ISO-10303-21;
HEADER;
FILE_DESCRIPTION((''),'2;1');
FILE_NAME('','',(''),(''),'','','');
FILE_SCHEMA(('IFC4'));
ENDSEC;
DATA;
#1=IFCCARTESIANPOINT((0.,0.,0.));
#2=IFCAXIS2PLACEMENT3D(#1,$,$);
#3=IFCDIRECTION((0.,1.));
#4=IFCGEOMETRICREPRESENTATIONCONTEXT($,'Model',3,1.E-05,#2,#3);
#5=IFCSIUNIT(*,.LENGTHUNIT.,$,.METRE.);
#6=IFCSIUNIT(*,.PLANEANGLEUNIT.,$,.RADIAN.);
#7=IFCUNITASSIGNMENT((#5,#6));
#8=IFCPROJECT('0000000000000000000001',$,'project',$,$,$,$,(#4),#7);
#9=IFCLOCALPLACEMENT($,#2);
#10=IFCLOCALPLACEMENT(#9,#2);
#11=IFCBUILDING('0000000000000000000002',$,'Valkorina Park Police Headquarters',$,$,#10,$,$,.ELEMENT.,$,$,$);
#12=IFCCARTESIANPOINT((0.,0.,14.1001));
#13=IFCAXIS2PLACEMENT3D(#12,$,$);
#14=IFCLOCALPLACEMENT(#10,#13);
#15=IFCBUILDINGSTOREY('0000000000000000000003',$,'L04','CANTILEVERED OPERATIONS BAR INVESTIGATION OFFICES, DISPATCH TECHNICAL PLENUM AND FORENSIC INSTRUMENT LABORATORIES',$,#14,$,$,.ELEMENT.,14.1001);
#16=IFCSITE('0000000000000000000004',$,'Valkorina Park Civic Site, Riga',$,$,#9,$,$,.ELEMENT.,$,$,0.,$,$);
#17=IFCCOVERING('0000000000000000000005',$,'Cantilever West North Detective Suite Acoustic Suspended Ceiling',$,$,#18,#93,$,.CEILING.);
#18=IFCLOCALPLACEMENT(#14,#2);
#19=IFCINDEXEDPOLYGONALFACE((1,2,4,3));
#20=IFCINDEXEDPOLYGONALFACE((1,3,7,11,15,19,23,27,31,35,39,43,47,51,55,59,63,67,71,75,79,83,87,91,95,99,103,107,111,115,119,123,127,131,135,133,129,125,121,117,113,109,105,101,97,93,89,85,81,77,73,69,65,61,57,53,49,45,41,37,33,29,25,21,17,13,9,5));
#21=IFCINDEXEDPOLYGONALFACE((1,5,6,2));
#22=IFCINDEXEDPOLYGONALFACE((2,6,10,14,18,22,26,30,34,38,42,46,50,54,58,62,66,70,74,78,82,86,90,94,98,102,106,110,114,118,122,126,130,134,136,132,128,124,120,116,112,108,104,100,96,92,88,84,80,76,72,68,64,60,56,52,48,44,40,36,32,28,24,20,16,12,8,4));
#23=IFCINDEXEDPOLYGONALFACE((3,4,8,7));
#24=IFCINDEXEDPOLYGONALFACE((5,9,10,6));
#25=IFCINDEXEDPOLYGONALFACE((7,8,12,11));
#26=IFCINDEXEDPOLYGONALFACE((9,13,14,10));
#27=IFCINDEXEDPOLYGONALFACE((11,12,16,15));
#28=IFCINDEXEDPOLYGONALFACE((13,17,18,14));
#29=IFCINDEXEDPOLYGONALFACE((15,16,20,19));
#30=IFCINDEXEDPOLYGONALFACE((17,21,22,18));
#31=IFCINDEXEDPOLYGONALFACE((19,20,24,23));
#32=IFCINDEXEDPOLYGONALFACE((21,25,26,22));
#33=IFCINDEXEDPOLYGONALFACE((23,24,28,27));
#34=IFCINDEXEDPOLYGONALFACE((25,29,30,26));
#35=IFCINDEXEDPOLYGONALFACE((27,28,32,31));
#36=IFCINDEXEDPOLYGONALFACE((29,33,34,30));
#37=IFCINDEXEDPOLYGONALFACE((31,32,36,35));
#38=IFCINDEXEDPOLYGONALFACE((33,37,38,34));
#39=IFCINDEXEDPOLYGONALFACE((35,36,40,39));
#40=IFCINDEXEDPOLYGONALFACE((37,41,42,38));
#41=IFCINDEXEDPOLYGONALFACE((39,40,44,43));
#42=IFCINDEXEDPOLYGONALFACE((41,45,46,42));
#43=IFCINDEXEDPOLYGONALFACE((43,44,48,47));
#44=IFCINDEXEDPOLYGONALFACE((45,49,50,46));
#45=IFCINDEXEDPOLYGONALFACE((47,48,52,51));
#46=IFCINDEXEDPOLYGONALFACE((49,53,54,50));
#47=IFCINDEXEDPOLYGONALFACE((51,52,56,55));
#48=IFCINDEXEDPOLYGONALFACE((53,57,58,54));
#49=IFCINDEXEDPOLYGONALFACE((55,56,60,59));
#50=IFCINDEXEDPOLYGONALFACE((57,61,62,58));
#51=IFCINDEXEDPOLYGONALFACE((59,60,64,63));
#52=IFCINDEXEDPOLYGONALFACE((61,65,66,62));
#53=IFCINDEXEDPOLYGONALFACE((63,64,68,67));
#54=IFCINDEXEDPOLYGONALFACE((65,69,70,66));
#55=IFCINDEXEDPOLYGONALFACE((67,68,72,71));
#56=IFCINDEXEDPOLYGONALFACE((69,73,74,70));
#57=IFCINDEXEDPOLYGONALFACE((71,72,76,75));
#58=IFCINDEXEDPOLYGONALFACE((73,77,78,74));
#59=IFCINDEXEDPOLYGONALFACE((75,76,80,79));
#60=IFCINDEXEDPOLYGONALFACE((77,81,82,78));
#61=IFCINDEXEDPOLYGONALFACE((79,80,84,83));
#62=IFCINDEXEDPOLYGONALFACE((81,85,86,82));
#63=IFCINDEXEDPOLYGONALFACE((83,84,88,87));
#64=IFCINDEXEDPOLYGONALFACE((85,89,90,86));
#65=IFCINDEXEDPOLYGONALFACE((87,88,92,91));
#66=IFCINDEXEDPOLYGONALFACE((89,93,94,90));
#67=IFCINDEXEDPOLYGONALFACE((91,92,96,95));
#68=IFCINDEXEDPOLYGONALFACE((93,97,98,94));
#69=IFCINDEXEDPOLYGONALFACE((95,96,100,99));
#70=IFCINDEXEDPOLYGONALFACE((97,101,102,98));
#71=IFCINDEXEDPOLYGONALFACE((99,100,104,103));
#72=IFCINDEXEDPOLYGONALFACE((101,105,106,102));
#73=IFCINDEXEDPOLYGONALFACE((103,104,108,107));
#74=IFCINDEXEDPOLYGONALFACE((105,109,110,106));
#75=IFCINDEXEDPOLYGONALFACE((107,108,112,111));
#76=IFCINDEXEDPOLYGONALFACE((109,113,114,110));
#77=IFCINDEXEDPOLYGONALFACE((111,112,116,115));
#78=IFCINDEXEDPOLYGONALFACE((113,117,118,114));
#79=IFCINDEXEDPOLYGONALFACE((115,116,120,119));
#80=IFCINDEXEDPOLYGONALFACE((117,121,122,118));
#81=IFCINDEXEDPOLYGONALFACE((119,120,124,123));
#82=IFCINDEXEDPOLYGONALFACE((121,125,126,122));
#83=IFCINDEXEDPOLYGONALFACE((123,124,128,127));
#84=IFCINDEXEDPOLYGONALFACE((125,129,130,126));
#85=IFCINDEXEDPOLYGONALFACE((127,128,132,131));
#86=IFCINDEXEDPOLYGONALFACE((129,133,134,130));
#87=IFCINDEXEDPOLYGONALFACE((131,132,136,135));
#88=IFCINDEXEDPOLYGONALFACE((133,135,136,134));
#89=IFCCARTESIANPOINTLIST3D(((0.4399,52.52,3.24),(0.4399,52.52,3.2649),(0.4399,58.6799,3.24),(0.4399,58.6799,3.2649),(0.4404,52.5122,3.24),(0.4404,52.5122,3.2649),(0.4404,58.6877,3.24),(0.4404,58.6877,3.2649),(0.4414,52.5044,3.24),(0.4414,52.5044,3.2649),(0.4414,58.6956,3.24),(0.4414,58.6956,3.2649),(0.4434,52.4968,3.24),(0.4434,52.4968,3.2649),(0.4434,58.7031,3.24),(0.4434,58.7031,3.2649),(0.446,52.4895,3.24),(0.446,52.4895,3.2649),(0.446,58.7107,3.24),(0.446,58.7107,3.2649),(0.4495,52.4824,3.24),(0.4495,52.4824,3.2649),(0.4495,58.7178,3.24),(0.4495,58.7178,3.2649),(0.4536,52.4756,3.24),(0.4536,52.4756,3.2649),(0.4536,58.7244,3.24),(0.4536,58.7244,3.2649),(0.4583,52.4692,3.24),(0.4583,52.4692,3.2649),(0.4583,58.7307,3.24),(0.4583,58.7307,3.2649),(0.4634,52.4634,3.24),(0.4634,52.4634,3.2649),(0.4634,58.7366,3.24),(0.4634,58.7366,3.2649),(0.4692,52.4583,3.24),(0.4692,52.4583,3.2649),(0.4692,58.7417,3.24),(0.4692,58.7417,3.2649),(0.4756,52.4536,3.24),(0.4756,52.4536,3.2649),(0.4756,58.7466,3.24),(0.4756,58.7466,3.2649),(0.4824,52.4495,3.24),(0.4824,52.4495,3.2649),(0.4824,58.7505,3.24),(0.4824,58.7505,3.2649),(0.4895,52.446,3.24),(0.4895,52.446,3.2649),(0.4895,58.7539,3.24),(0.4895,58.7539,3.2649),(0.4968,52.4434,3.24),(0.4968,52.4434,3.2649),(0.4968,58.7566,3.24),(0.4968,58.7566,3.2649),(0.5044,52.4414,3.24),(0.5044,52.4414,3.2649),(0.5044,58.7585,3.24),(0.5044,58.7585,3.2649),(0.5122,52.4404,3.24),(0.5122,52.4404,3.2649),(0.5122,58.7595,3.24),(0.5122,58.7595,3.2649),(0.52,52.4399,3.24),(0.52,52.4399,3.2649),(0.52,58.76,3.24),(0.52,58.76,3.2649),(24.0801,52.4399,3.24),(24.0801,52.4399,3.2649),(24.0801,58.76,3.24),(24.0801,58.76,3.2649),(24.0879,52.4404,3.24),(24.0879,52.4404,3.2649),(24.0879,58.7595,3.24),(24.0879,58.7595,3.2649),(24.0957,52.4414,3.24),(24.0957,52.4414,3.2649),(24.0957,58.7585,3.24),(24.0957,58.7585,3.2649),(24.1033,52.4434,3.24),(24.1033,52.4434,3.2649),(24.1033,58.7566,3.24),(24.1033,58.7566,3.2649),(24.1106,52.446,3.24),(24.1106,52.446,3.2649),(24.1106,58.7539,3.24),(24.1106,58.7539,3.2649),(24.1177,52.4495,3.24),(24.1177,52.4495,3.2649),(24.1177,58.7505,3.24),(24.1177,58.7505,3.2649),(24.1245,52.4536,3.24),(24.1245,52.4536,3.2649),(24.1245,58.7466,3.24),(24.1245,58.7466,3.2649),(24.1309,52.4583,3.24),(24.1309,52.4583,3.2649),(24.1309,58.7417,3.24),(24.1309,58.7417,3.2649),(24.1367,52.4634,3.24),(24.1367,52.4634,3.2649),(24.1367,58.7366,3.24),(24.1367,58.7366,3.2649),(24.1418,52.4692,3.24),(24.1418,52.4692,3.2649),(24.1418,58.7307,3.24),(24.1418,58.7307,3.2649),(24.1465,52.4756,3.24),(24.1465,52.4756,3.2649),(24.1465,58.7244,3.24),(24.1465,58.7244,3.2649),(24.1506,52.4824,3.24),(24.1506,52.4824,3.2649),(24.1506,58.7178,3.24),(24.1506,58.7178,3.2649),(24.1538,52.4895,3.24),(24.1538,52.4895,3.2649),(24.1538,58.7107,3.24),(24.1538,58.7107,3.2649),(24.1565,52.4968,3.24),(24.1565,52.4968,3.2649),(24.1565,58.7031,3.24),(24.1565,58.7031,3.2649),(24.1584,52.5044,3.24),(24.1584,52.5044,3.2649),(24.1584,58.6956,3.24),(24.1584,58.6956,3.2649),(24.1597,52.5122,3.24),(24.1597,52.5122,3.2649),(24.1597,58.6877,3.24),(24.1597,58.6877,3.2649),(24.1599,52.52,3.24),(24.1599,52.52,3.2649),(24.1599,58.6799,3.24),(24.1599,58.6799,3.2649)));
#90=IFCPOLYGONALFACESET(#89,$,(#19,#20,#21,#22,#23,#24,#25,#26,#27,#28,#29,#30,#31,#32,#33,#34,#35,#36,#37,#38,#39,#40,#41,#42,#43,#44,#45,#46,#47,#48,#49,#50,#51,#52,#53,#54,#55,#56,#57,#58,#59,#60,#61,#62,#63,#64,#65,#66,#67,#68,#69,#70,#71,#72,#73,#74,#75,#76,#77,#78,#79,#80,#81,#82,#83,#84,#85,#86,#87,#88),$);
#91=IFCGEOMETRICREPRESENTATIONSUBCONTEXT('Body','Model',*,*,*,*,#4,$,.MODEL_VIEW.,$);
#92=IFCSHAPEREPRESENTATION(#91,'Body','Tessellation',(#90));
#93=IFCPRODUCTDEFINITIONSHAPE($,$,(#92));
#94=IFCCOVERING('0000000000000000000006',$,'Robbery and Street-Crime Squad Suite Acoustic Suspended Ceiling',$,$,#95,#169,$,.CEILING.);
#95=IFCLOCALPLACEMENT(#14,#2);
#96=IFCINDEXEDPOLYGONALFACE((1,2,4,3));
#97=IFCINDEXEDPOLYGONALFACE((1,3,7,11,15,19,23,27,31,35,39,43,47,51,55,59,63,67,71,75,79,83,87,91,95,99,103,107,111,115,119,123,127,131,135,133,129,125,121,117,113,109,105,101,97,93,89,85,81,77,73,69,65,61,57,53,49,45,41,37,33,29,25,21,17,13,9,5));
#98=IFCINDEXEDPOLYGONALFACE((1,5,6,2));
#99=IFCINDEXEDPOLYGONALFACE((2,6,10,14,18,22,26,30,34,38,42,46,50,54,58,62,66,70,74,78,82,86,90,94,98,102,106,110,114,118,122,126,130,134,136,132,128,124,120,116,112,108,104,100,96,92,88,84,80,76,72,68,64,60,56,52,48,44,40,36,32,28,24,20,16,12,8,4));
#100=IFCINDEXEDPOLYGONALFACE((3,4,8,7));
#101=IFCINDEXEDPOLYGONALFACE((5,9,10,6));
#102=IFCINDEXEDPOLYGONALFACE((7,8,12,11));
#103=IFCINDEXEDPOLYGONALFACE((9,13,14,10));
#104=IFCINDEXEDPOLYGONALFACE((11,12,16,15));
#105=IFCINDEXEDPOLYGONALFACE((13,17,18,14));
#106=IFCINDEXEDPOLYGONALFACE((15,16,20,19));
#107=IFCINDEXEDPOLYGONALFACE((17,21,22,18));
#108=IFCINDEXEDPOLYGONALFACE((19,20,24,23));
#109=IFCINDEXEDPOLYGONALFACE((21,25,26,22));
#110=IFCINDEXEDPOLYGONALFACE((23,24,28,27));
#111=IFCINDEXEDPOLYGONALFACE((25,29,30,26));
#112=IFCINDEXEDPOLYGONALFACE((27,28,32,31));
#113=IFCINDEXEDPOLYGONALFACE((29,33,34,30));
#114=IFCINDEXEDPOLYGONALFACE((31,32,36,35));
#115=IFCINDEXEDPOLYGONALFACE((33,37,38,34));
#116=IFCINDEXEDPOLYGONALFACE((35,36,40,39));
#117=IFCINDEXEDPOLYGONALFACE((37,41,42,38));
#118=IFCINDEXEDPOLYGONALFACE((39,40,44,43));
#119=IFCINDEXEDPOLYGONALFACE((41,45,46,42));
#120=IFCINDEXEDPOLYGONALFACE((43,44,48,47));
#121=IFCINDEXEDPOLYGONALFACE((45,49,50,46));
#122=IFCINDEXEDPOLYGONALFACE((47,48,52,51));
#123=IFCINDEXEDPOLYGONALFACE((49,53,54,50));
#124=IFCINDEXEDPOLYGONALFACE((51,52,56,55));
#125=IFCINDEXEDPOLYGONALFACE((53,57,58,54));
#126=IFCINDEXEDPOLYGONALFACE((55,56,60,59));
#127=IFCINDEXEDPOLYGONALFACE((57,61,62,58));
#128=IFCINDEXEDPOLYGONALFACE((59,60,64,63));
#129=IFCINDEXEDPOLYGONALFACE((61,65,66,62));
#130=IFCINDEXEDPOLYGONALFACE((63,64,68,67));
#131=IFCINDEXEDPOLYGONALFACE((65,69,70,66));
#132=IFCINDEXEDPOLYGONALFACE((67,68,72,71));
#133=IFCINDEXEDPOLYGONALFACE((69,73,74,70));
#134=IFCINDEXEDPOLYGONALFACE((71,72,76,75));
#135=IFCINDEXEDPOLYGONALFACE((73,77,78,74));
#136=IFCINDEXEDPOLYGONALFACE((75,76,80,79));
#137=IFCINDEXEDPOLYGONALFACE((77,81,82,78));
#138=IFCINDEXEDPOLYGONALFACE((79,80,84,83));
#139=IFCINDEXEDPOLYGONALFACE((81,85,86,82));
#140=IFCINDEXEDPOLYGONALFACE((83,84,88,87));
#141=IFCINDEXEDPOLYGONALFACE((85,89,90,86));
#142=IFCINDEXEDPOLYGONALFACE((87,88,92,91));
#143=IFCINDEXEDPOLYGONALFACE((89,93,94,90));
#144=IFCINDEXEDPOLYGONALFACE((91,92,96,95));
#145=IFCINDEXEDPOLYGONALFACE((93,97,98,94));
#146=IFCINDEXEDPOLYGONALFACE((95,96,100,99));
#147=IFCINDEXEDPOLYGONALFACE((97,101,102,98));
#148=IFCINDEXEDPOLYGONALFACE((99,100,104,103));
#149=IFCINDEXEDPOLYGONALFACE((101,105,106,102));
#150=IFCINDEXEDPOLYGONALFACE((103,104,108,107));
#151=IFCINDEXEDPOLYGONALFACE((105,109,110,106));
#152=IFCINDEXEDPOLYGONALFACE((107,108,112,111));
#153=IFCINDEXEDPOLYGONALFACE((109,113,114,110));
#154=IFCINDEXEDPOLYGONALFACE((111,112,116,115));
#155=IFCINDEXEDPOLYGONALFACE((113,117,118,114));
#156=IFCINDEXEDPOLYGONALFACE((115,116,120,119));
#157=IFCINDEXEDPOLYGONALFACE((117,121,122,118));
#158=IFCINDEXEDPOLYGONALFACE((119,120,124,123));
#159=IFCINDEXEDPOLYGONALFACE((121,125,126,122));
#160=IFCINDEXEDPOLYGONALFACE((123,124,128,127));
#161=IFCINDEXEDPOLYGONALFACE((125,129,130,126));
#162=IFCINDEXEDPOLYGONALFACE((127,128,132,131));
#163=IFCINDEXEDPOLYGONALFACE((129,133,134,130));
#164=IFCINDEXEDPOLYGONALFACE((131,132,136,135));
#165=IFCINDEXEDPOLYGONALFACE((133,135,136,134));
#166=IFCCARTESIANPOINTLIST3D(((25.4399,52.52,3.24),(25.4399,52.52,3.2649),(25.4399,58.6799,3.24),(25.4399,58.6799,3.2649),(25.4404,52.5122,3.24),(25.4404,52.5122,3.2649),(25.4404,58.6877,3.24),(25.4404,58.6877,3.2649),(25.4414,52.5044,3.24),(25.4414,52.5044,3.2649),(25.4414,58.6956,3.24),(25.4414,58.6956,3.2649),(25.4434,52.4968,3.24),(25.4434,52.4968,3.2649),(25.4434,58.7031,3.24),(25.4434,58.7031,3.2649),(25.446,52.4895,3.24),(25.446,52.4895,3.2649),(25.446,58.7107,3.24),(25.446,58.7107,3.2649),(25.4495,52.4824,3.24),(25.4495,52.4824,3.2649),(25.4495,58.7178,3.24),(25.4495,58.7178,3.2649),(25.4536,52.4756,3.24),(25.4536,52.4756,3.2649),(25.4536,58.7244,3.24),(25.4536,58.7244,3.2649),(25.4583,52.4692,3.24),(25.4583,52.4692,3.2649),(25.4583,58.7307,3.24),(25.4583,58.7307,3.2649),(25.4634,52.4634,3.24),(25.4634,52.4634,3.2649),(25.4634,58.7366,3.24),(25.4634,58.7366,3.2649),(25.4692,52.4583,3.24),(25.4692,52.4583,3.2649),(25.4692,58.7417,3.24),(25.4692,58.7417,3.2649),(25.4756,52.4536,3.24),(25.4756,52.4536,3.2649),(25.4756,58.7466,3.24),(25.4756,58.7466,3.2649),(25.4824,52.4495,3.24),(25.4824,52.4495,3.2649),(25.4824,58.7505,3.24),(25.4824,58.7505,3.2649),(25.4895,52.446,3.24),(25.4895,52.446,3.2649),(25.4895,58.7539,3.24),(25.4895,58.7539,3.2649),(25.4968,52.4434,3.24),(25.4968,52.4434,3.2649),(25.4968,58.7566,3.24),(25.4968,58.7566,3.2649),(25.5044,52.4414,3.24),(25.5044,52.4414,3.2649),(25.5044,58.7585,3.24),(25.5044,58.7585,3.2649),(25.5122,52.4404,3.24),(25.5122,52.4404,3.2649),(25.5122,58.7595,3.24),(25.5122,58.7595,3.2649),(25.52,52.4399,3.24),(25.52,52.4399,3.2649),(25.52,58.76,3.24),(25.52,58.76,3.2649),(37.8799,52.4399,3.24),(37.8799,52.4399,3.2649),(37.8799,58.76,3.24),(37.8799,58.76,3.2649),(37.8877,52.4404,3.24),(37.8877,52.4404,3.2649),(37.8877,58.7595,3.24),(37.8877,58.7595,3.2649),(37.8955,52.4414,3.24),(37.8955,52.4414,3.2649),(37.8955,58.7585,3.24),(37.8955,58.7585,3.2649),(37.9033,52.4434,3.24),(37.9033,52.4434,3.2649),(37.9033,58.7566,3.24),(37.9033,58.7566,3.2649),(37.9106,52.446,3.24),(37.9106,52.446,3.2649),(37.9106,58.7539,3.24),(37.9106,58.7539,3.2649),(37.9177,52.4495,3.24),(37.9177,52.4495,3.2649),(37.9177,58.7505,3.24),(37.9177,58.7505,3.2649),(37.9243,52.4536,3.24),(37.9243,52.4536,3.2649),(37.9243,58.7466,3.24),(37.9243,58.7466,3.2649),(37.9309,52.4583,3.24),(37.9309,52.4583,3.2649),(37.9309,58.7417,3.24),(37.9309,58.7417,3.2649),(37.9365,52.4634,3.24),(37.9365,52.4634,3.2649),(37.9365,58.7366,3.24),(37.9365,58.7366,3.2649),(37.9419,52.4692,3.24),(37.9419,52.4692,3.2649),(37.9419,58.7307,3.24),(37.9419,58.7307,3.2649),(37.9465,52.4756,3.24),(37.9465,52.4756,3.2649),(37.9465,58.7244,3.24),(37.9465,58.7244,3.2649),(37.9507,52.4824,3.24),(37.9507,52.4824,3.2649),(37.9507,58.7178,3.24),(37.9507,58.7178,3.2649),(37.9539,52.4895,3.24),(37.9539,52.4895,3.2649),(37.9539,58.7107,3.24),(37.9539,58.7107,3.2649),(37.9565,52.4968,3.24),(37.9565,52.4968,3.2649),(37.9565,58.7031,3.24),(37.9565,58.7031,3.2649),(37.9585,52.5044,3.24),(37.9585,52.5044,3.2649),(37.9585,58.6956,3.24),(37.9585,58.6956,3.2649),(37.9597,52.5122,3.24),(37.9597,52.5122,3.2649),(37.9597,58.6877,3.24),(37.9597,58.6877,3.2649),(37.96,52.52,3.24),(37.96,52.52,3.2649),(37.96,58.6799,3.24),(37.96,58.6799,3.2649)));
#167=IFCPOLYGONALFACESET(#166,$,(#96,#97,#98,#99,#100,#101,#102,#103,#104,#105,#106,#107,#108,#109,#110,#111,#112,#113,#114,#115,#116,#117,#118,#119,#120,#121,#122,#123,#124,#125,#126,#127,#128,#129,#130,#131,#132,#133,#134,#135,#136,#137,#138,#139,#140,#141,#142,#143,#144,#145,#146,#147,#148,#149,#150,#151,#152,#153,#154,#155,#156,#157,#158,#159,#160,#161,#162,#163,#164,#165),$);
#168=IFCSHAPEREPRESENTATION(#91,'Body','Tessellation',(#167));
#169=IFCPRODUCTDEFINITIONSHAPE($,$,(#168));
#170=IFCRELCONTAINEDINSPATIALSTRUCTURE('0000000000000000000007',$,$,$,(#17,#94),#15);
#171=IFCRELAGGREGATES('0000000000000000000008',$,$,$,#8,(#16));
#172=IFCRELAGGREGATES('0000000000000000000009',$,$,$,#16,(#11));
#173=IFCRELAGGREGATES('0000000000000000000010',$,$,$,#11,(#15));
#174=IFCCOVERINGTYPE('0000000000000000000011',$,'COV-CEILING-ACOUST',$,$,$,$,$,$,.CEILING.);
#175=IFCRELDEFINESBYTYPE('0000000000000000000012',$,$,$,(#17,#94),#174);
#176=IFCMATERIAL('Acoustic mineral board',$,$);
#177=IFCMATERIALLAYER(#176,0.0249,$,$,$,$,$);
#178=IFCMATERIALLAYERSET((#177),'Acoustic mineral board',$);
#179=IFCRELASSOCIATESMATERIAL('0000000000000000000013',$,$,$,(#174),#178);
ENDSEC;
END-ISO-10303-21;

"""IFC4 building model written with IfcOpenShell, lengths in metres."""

from ifc_helpers import new_model, si_unit, direction, frame, origin, place, context, subcontext, project, spatial, polyline, outline, extrude, material, layer, layer_set, type_object, element, save


model = new_model("IFC4")

# Units and contexts
model_context = context("Model", 3, precision=1e-05, world=origin(), true_north=direction((0.0, 1.0)))
body_context = subcontext(model_context, "Body", "Model", "MODEL_VIEW")
ifc_project = project(units=[si_unit("LENGTHUNIT", "METRE"), si_unit("PLANEANGLEUNIT", "RADIAN")], contexts=[model_context])

# Site, building, storey
site_placement = place(None, origin())
site = spatial("IfcSite", under=ifc_project, at=site_placement, Name="Valkorina Park Civic Site, Riga", CompositionType="ELEMENT", RefElevation=0.0)
building_placement = place(site_placement, origin())
building = spatial("IfcBuilding", under=site, at=building_placement, Name="Valkorina Park Police Headquarters", CompositionType="ELEMENT")
storey_placement = place(building_placement, frame((0.0, 0.0, 14.1001)))
storey = spatial("IfcBuildingStorey", under=building, at=storey_placement, Name="L04", Description="CANTILEVERED OPERATIONS BAR INVESTIGATION OFFICES, DISPATCH TECHNICAL PLENUM AND FORENSIC INSTRUMENT LABORATORIES", CompositionType="ELEMENT", Elevation=14.1001)

# Coverings
ifc_material_1 = material(Name="Acoustic mineral board")
ifc_layer_1 = layer(ifc_material_1, 0.0249)
ifc_layer_set_1 = layer_set([ifc_layer_1], Name="Acoustic mineral board")
covering_type_1 = type_object("IfcCoveringType", Name="COV-CEILING-ACOUST", PredefinedType="CEILING", material=ifc_layer_set_1)
covering_1_placement = place(storey_placement, frame((0.0, 0.0, 3.24)))
element("IfcCovering", 1, at=covering_1_placement, inside=storey, type_object=covering_type_1, Name="Cantilever West North Detective Suite Acoustic Suspended Ceiling", PredefinedType="CEILING", context=body_context, shape_type="SweptSolid", body=[
    extrude(outline(polyline([(24.1584, 52.5044), (24.1597, 52.5122), (24.1599, 52.52), (24.1599, 58.6799), (24.1597, 58.6877), (24.1584, 58.6956), (24.1565, 58.7031), (24.1538, 58.7107), (24.1506, 58.7178), (24.1465, 58.7244), (24.1418, 58.7307), (24.1367, 58.7366), (24.1309, 58.7417), (24.1245, 58.7466), (24.1177, 58.7505), (24.1106, 58.7539), (24.1033, 58.7566), (24.0957, 58.7585), (24.0879, 58.7595), (24.0801, 58.76), (0.52, 58.76), (0.5122, 58.7595), (0.5044, 58.7585), (0.4968, 58.7566), (0.4895, 58.7539), (0.4824, 58.7505), (0.4756, 58.7466), (0.4692, 58.7417), (0.4634, 58.7366), (0.4583, 58.7307), (0.4536, 58.7244), (0.4495, 58.7178), (0.446, 58.7107), (0.4434, 58.7031), (0.4414, 58.6956), (0.4404, 58.6877), (0.4399, 58.6799), (0.4399, 52.52), (0.4404, 52.5122), (0.4414, 52.5044), (0.4434, 52.4968), (0.446, 52.4895), (0.4495, 52.4824), (0.4536, 52.4756), (0.4583, 52.4692), (0.4634, 52.4634), (0.4692, 52.4583), (0.4756, 52.4536), (0.4824, 52.4495), (0.4895, 52.446), (0.4968, 52.4434), (0.5044, 52.4414), (0.5122, 52.4404), (0.52, 52.4399), (24.0801, 52.4399), (24.0879, 52.4404), (24.0957, 52.4414), (24.1033, 52.4434), (24.1106, 52.446), (24.1177, 52.4495), (24.1245, 52.4536), (24.1309, 52.4583), (24.1367, 52.4634), (24.1418, 52.4692), (24.1465, 52.4756), (24.1506, 52.4824), (24.1538, 52.4895), (24.1565, 52.4968), (24.1584, 52.5044)])), origin(), (0.0, 0.0, 1.0), 0.0249),
])
covering_2_placement = place(storey_placement, frame((0.0, 0.0, 3.24)))
element("IfcCovering", 2, at=covering_2_placement, inside=storey, type_object=covering_type_1, Name="Robbery and Street-Crime Squad Suite Acoustic Suspended Ceiling", PredefinedType="CEILING", context=body_context, shape_type="SweptSolid", body=[
    extrude(outline(polyline([(37.9585, 52.5044), (37.9597, 52.5122), (37.96, 52.52), (37.96, 58.6799), (37.9597, 58.6877), (37.9585, 58.6956), (37.9565, 58.7031), (37.9539, 58.7107), (37.9507, 58.7178), (37.9465, 58.7244), (37.9419, 58.7307), (37.9365, 58.7366), (37.9309, 58.7417), (37.9243, 58.7466), (37.9177, 58.7505), (37.9106, 58.7539), (37.9033, 58.7566), (37.8955, 58.7585), (37.8877, 58.7595), (37.8799, 58.76), (25.52, 58.76), (25.5122, 58.7595), (25.5044, 58.7585), (25.4968, 58.7566), (25.4895, 58.7539), (25.4824, 58.7505), (25.4756, 58.7466), (25.4692, 58.7417), (25.4634, 58.7366), (25.4583, 58.7307), (25.4536, 58.7244), (25.4495, 58.7178), (25.446, 58.7107), (25.4434, 58.7031), (25.4414, 58.6956), (25.4404, 58.6877), (25.4399, 58.6799), (25.4399, 52.52), (25.4404, 52.5122), (25.4414, 52.5044), (25.4434, 52.4968), (25.446, 52.4895), (25.4495, 52.4824), (25.4536, 52.4756), (25.4583, 52.4692), (25.4634, 52.4634), (25.4692, 52.4583), (25.4756, 52.4536), (25.4824, 52.4495), (25.4895, 52.446), (25.4968, 52.4434), (25.5044, 52.4414), (25.5122, 52.4404), (25.52, 52.4399), (37.8799, 52.4399), (37.8877, 52.4404), (37.8955, 52.4414), (37.9033, 52.4434), (37.9106, 52.446), (37.9177, 52.4495), (37.9243, 52.4536), (37.9309, 52.4583), (37.9365, 52.4634), (37.9419, 52.4692), (37.9465, 52.4756), (37.9507, 52.4824), (37.9539, 52.4895), (37.9565, 52.4968), (37.9585, 52.5044)])), origin(), (0.0, 0.0, 1.0), 0.0249),
])

save(model, "model.ifc")
